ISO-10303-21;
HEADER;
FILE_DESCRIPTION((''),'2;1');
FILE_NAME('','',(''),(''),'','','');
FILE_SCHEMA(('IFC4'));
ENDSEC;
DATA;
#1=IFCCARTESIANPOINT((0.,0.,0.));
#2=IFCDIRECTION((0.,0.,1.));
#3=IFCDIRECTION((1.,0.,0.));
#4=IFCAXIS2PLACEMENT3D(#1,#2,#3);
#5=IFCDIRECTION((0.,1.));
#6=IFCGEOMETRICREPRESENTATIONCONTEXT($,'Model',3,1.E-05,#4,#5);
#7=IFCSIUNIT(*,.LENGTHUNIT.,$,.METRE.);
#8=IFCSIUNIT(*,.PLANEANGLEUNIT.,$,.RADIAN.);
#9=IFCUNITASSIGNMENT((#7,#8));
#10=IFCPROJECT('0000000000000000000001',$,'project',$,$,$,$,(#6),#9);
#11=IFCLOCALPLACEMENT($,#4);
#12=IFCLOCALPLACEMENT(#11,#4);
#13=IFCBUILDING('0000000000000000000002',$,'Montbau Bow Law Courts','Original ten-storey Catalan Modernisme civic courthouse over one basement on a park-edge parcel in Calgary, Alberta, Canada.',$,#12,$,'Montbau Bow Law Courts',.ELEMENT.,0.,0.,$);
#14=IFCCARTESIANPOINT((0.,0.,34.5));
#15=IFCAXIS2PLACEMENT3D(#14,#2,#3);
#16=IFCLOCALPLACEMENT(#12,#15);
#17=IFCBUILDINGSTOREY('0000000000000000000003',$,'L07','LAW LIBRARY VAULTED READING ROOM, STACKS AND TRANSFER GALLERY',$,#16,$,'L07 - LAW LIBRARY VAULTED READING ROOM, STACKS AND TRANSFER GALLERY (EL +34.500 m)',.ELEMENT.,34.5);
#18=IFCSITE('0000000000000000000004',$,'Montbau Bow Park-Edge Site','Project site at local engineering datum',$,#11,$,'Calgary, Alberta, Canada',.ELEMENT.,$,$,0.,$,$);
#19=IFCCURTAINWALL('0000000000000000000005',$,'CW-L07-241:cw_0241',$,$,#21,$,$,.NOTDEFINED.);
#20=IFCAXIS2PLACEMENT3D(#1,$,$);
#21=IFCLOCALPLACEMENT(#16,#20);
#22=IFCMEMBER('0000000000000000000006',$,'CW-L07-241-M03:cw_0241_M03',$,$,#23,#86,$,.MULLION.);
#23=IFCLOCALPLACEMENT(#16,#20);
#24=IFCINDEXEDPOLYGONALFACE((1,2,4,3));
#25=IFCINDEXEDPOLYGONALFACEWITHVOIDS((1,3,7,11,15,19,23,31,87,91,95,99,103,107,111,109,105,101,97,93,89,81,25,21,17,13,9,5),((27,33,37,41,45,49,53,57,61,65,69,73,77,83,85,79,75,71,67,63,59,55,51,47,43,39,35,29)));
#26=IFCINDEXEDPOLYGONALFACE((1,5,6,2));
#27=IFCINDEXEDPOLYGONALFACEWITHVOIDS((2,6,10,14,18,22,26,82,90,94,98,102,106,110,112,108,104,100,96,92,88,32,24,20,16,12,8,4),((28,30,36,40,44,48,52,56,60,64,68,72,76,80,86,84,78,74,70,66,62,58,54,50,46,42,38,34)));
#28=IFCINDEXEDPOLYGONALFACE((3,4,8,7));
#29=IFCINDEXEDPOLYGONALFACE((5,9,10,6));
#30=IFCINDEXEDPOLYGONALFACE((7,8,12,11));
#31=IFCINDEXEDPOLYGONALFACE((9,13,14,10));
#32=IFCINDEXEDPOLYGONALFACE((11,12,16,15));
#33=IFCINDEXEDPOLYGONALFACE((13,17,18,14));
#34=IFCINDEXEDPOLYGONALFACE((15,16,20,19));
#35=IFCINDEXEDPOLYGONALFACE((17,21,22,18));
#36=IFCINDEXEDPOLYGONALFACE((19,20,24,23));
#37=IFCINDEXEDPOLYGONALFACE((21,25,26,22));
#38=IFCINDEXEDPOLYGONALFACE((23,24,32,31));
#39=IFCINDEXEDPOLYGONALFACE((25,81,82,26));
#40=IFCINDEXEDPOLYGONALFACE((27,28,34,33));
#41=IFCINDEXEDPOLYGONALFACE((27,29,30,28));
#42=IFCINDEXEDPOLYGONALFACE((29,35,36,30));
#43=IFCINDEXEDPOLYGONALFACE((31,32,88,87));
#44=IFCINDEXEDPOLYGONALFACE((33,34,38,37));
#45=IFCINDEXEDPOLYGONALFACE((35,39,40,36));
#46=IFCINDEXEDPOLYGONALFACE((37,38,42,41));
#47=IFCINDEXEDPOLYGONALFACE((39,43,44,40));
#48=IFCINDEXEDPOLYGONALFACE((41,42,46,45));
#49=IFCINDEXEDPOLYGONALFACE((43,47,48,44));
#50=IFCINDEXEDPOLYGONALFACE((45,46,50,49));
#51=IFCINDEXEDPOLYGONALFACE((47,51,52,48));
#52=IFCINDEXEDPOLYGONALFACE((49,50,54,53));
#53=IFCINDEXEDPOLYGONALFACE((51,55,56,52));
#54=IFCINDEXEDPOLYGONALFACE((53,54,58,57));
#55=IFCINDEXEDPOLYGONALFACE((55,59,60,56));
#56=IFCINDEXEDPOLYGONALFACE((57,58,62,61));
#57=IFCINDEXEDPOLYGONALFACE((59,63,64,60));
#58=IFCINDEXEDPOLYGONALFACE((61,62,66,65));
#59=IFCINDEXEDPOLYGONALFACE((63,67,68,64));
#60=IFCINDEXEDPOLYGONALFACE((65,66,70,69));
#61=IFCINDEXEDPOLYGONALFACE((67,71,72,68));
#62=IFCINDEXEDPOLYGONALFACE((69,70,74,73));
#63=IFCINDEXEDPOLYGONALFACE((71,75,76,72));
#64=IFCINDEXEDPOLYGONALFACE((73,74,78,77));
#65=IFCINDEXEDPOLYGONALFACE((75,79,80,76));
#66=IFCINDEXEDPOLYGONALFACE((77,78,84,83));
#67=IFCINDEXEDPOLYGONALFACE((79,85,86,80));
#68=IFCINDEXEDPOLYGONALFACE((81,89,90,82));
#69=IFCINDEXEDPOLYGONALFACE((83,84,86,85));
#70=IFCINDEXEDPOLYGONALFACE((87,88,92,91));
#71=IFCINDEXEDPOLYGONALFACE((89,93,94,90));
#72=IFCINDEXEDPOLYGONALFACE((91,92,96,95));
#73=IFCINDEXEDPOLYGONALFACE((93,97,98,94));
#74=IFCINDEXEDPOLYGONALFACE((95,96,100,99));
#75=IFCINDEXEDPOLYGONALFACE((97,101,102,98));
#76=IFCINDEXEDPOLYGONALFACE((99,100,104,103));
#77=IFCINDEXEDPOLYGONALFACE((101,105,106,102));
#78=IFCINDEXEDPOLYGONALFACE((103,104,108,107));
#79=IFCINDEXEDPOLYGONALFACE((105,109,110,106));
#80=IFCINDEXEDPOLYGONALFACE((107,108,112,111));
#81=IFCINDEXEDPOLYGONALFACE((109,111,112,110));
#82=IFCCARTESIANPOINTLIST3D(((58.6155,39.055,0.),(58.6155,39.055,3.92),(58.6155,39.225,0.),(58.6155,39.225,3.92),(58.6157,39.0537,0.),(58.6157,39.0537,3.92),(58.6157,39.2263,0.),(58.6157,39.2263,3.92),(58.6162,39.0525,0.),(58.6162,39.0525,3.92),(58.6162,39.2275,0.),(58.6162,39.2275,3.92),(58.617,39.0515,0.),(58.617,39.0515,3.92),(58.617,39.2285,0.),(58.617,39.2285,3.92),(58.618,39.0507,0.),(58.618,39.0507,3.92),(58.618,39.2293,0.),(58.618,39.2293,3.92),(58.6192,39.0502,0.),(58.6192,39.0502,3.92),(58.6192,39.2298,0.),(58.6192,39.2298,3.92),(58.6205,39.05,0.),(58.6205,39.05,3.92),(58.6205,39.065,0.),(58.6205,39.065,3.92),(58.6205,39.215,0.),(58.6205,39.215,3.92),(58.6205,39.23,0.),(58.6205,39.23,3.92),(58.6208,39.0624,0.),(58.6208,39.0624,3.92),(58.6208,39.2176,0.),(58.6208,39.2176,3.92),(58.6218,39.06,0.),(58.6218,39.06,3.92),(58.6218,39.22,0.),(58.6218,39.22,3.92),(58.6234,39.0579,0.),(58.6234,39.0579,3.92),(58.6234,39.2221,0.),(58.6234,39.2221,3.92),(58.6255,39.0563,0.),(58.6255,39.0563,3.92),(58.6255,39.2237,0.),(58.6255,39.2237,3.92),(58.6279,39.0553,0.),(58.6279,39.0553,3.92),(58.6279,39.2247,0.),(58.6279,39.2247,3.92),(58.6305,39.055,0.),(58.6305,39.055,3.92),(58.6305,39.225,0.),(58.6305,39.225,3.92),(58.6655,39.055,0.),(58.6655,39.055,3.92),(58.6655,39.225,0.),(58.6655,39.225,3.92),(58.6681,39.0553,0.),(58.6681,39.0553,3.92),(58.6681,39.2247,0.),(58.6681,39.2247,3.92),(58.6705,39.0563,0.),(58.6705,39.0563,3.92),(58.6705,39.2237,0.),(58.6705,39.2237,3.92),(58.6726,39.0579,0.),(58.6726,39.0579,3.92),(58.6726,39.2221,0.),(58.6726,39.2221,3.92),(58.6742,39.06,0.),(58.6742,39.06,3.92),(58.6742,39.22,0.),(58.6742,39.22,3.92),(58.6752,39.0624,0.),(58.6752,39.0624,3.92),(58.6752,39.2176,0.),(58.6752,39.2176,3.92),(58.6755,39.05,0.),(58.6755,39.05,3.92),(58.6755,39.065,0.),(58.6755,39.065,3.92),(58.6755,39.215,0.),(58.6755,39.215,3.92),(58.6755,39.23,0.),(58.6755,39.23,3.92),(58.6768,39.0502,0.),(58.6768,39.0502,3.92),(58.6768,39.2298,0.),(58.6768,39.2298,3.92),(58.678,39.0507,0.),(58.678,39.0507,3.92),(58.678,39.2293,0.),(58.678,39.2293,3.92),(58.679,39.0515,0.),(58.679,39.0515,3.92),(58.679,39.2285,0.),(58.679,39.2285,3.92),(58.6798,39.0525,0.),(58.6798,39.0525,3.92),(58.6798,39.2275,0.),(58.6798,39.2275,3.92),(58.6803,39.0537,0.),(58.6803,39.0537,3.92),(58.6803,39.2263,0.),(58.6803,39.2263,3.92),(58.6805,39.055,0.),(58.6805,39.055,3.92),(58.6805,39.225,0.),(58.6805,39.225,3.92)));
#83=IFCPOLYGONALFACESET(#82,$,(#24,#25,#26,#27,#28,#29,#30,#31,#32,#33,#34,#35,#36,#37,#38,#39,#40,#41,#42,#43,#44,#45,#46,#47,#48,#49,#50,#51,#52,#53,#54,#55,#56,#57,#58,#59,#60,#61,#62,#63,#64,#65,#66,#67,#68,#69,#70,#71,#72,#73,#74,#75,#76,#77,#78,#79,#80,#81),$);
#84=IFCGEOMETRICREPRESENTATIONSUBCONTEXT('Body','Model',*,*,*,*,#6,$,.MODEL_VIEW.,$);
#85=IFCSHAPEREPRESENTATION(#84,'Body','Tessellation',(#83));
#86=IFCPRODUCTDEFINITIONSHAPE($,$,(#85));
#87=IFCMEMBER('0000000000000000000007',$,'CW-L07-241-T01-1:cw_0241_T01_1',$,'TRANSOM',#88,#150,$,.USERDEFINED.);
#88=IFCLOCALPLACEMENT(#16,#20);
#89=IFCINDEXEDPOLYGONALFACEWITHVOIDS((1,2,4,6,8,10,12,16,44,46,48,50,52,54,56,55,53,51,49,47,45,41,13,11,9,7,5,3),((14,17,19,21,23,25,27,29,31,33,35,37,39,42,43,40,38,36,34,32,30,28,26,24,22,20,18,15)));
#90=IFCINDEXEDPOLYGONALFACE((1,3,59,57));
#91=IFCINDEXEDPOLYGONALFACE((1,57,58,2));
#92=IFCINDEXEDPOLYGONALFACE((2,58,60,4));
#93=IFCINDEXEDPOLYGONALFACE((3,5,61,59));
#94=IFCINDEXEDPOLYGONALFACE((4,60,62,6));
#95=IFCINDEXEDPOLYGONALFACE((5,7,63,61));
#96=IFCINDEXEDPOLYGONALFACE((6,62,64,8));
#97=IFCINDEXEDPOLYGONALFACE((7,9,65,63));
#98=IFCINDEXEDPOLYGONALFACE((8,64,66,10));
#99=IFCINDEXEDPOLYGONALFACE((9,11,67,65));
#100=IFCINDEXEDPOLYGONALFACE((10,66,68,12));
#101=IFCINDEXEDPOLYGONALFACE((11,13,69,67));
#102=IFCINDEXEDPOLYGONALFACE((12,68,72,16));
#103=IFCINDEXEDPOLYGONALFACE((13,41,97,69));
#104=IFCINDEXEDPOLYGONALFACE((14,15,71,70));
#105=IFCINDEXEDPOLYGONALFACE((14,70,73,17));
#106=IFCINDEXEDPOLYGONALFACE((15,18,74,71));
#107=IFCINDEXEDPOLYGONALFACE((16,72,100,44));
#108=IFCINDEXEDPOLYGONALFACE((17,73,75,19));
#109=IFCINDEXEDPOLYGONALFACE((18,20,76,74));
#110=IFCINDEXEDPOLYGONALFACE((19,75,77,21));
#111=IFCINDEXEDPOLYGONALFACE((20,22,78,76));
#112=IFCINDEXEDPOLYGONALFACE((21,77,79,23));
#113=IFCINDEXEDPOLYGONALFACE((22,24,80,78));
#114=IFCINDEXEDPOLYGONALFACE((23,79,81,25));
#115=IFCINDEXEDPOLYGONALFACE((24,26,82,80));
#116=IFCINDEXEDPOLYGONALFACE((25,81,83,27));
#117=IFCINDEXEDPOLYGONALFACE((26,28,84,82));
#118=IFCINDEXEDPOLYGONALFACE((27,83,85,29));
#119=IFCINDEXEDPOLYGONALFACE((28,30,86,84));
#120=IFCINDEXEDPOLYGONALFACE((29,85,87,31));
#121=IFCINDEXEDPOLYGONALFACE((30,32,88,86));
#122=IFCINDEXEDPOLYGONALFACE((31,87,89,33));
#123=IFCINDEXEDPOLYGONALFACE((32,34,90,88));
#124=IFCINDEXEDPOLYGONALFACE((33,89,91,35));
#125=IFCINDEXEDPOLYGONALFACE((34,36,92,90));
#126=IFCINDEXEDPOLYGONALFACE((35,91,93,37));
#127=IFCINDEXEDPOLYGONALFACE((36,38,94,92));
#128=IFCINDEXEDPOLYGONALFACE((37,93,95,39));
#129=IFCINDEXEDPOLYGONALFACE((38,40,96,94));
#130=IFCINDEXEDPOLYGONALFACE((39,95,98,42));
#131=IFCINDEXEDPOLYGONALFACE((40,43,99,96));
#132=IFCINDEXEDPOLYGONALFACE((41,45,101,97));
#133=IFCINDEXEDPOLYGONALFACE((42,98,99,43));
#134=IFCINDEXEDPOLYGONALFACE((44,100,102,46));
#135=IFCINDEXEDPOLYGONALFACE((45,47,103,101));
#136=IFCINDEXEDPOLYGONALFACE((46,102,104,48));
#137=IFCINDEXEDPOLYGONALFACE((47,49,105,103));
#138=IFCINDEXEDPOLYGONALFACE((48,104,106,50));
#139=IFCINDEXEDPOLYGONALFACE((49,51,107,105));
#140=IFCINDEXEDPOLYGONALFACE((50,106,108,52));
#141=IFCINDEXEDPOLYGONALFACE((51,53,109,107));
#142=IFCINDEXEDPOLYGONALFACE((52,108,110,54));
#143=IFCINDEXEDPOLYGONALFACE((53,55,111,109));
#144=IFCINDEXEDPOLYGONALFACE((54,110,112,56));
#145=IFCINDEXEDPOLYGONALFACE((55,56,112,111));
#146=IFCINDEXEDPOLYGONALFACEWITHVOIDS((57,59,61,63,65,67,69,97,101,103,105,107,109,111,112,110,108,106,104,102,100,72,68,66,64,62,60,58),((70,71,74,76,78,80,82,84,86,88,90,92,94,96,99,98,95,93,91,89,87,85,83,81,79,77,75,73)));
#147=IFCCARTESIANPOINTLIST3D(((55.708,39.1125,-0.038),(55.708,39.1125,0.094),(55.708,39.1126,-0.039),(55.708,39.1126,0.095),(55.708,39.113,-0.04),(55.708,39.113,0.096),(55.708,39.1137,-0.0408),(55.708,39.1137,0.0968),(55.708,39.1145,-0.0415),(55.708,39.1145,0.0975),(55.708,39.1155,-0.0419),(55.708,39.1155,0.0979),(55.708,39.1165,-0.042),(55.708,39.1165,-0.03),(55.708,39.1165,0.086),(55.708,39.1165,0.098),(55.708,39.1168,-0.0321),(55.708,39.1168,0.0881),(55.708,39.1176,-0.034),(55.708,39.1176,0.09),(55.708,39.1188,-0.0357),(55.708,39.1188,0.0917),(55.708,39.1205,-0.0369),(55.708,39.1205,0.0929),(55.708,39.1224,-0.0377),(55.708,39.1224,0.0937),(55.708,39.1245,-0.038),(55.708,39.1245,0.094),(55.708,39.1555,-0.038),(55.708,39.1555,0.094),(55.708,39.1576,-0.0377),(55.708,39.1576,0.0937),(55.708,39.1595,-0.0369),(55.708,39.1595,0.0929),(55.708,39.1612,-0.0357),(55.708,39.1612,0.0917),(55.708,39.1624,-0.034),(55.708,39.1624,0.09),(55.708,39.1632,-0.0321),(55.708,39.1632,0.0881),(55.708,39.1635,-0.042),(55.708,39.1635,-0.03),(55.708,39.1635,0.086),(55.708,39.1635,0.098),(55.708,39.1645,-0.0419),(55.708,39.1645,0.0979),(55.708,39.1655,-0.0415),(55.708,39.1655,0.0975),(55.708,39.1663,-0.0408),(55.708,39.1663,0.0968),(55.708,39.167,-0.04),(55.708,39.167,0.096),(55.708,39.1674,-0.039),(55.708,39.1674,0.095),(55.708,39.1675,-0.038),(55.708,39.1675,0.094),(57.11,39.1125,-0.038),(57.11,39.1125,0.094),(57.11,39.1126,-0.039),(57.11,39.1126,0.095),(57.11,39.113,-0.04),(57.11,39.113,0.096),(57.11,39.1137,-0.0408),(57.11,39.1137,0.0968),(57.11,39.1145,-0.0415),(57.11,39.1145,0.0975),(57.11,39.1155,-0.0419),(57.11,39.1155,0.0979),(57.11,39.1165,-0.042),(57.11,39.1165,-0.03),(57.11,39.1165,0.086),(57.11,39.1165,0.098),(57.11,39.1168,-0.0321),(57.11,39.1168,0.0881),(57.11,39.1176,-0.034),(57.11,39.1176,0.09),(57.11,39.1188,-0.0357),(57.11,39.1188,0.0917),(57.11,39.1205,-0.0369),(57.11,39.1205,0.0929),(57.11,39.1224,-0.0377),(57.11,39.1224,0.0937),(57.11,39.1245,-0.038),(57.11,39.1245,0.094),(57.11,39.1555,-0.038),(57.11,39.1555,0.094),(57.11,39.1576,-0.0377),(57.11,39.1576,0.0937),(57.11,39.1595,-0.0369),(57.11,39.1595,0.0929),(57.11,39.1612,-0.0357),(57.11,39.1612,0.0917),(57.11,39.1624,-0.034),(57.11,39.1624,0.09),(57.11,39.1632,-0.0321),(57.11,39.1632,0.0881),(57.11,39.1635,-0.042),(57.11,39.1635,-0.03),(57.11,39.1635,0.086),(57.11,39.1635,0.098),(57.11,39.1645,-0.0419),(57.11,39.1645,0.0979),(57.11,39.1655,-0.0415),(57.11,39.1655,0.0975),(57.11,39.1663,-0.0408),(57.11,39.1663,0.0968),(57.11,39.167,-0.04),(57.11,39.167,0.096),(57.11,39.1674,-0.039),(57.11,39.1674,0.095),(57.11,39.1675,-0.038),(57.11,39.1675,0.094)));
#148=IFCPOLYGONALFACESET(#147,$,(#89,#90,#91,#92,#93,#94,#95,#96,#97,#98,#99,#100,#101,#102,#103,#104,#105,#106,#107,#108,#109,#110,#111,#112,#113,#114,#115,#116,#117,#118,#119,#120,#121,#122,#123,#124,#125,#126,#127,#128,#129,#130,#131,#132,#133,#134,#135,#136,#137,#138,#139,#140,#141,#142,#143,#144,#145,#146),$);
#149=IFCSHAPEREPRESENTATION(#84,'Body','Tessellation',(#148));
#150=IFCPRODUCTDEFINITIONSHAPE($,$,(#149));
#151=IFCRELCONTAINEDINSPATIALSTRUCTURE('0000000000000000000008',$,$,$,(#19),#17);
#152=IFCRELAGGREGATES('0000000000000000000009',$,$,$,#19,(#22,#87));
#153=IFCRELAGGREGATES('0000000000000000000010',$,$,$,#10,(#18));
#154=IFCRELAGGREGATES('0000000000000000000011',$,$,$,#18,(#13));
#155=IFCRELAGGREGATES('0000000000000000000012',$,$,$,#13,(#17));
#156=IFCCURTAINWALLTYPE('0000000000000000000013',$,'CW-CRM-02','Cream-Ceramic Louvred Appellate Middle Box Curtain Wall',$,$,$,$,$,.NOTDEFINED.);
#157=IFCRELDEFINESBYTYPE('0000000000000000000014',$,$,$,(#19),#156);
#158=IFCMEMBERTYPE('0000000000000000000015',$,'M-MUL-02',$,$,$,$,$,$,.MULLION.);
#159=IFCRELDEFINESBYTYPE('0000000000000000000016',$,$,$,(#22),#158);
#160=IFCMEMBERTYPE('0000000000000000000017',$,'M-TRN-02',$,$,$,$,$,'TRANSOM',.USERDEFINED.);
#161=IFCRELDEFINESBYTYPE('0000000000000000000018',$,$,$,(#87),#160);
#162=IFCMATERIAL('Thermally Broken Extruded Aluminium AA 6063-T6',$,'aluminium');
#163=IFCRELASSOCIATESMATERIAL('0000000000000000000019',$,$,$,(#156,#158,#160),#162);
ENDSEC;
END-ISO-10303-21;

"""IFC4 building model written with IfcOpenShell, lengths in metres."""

from ifc_helpers import new_model, si_unit, direction, frame, origin_with_axes, origin_2d_with_axis, place, context, subcontext, project, spatial, hollow_rectangle, extrude, material, material_profile, profile_set, type_object, element, aggregate, save


model = new_model("IFC4")

# Units and contexts
model_context = context("Model", 3, precision=1e-05, world=origin_with_axes(), true_north=direction((0.0, 1.0)))
body_context = subcontext(model_context, "Body", "Model", "MODEL_VIEW")
ifc_project = project(units=[si_unit("LENGTHUNIT", "METRE"), si_unit("PLANEANGLEUNIT", "RADIAN")], contexts=[model_context])

# Site, building, storey
site_placement = place(None, origin_with_axes())
site = spatial("IfcSite", under=ifc_project, at=site_placement, Name="Montbau Bow Park-Edge Site", Description="Project site at local engineering datum", LongName="Calgary, Alberta, Canada", CompositionType="ELEMENT", RefElevation=0.0)
building_placement = place(site_placement, origin_with_axes())
building = spatial("IfcBuilding", under=site, at=building_placement, Name="Montbau Bow Law Courts", Description="Original ten-storey Catalan Modernisme civic courthouse over one basement on a park-edge parcel in Calgary, Alberta, Canada.", LongName="Montbau Bow Law Courts", CompositionType="ELEMENT", ElevationOfRefHeight=0.0, ElevationOfTerrain=0.0)
storey_placement = place(building_placement, frame((0.0, 0.0, 34.5), z_axis=(0.0, 0.0, 1.0), x_axis=(1.0, 0.0, 0.0)))
storey = spatial("IfcBuildingStorey", under=building, at=storey_placement, Name="L07", Description="LAW LIBRARY VAULTED READING ROOM, STACKS AND TRANSFER GALLERY", LongName="L07 - LAW LIBRARY VAULTED READING ROOM, STACKS AND TRANSFER GALLERY (EL +34.500 m)", CompositionType="ELEMENT", Elevation=34.5)

# Curtain wall, members
ifc_material_1 = material(Name="Thermally Broken Extruded Aluminium AA 6063-T6", Category="aluminium")
curtain_wall_type = type_object("IfcCurtainWallType", Name="CW-CRM-02", Description="Cream-Ceramic Louvred Appellate Middle Box Curtain Wall", PredefinedType="NOTDEFINED", material=ifc_material_1)
curtain_wall_placement = place(None, frame((55.64, 39.14, 34.5), z_axis=(0.0, 0.0, 1.0), x_axis=(1.0, 0.0, 0.0)))
curtain_wall = element("IfcCurtainWall", 1, at=curtain_wall_placement, inside=storey, type_object=curtain_wall_type, Name="CW-L07-241:cw_0241", PredefinedType="NOTDEFINED")
ifc_material_profile_1 = material_profile(ifc_material_1, hollow_rectangle(XDim=0.065, YDim=0.18, WallThickness=0.005, InnerFilletRadius=0.01, OuterFilletRadius=0.005, at=origin_2d_with_axis()), Name="CWM-180X65", Category="Main", Priority=0)
ifc_profile_set_1 = profile_set([ifc_material_profile_1], Name="Thermally Broken Extruded Aluminium AA 6063-T6")
member_type_1 = type_object("IfcMemberType", Name="M-MUL-02", PredefinedType="MULLION", material=ifc_profile_set_1)
member_1_placement = place(None, frame((58.648, 39.14, 34.5), z_axis=(0.0, 0.0, 1.0), x_axis=(1.0, 0.0, 0.0)))
member_1 = element("IfcMember", 2, at=member_1_placement, type_object=member_type_1, Name="CW-L07-241-M03:cw_0241_M03", PredefinedType="MULLION", context=body_context, shape_type="SweptSolid", body=[
    extrude(hollow_rectangle(XDim=0.065, YDim=0.18, WallThickness=0.005, InnerFilletRadius=0.01, OuterFilletRadius=0.005, at=origin_2d_with_axis()), origin_with_axes(), (0.0, 0.0, 1.0), 3.92),
])
ifc_material_profile_2 = material_profile(ifc_material_1, hollow_rectangle(XDim=0.055, YDim=0.14, WallThickness=0.004, InnerFilletRadius=0.008, OuterFilletRadius=0.004, at=origin_2d_with_axis()), Name="CWT-140X55", Category="Main", Priority=0)
ifc_profile_set_2 = profile_set([ifc_material_profile_2], Name="Thermally Broken Extruded Aluminium AA 6063-T6")
member_type_2 = type_object("IfcMemberType", Name="M-TRN-02", ElementType="TRANSOM", PredefinedType="USERDEFINED", material=ifc_profile_set_2)
member_2_placement = place(None, frame((55.708, 39.14, 34.528), z_axis=(1.0, 0.0, 0.0), x_axis=(0.0, 1.0, 0.0)))
member_2 = element("IfcMember", 3, at=member_2_placement, type_object=member_type_2, Name="CW-L07-241-T01-1:cw_0241_T01_1", ObjectType="TRANSOM", PredefinedType="USERDEFINED", context=body_context, shape_type="SweptSolid", body=[
    extrude(hollow_rectangle(XDim=0.055, YDim=0.14, WallThickness=0.004, InnerFilletRadius=0.008, OuterFilletRadius=0.004, at=origin_2d_with_axis()), origin_with_axes(), (0.0, 0.0, 1.0), 1.402),
])
aggregate(curtain_wall, [member_1, member_2])

save(model, "model.ifc")
